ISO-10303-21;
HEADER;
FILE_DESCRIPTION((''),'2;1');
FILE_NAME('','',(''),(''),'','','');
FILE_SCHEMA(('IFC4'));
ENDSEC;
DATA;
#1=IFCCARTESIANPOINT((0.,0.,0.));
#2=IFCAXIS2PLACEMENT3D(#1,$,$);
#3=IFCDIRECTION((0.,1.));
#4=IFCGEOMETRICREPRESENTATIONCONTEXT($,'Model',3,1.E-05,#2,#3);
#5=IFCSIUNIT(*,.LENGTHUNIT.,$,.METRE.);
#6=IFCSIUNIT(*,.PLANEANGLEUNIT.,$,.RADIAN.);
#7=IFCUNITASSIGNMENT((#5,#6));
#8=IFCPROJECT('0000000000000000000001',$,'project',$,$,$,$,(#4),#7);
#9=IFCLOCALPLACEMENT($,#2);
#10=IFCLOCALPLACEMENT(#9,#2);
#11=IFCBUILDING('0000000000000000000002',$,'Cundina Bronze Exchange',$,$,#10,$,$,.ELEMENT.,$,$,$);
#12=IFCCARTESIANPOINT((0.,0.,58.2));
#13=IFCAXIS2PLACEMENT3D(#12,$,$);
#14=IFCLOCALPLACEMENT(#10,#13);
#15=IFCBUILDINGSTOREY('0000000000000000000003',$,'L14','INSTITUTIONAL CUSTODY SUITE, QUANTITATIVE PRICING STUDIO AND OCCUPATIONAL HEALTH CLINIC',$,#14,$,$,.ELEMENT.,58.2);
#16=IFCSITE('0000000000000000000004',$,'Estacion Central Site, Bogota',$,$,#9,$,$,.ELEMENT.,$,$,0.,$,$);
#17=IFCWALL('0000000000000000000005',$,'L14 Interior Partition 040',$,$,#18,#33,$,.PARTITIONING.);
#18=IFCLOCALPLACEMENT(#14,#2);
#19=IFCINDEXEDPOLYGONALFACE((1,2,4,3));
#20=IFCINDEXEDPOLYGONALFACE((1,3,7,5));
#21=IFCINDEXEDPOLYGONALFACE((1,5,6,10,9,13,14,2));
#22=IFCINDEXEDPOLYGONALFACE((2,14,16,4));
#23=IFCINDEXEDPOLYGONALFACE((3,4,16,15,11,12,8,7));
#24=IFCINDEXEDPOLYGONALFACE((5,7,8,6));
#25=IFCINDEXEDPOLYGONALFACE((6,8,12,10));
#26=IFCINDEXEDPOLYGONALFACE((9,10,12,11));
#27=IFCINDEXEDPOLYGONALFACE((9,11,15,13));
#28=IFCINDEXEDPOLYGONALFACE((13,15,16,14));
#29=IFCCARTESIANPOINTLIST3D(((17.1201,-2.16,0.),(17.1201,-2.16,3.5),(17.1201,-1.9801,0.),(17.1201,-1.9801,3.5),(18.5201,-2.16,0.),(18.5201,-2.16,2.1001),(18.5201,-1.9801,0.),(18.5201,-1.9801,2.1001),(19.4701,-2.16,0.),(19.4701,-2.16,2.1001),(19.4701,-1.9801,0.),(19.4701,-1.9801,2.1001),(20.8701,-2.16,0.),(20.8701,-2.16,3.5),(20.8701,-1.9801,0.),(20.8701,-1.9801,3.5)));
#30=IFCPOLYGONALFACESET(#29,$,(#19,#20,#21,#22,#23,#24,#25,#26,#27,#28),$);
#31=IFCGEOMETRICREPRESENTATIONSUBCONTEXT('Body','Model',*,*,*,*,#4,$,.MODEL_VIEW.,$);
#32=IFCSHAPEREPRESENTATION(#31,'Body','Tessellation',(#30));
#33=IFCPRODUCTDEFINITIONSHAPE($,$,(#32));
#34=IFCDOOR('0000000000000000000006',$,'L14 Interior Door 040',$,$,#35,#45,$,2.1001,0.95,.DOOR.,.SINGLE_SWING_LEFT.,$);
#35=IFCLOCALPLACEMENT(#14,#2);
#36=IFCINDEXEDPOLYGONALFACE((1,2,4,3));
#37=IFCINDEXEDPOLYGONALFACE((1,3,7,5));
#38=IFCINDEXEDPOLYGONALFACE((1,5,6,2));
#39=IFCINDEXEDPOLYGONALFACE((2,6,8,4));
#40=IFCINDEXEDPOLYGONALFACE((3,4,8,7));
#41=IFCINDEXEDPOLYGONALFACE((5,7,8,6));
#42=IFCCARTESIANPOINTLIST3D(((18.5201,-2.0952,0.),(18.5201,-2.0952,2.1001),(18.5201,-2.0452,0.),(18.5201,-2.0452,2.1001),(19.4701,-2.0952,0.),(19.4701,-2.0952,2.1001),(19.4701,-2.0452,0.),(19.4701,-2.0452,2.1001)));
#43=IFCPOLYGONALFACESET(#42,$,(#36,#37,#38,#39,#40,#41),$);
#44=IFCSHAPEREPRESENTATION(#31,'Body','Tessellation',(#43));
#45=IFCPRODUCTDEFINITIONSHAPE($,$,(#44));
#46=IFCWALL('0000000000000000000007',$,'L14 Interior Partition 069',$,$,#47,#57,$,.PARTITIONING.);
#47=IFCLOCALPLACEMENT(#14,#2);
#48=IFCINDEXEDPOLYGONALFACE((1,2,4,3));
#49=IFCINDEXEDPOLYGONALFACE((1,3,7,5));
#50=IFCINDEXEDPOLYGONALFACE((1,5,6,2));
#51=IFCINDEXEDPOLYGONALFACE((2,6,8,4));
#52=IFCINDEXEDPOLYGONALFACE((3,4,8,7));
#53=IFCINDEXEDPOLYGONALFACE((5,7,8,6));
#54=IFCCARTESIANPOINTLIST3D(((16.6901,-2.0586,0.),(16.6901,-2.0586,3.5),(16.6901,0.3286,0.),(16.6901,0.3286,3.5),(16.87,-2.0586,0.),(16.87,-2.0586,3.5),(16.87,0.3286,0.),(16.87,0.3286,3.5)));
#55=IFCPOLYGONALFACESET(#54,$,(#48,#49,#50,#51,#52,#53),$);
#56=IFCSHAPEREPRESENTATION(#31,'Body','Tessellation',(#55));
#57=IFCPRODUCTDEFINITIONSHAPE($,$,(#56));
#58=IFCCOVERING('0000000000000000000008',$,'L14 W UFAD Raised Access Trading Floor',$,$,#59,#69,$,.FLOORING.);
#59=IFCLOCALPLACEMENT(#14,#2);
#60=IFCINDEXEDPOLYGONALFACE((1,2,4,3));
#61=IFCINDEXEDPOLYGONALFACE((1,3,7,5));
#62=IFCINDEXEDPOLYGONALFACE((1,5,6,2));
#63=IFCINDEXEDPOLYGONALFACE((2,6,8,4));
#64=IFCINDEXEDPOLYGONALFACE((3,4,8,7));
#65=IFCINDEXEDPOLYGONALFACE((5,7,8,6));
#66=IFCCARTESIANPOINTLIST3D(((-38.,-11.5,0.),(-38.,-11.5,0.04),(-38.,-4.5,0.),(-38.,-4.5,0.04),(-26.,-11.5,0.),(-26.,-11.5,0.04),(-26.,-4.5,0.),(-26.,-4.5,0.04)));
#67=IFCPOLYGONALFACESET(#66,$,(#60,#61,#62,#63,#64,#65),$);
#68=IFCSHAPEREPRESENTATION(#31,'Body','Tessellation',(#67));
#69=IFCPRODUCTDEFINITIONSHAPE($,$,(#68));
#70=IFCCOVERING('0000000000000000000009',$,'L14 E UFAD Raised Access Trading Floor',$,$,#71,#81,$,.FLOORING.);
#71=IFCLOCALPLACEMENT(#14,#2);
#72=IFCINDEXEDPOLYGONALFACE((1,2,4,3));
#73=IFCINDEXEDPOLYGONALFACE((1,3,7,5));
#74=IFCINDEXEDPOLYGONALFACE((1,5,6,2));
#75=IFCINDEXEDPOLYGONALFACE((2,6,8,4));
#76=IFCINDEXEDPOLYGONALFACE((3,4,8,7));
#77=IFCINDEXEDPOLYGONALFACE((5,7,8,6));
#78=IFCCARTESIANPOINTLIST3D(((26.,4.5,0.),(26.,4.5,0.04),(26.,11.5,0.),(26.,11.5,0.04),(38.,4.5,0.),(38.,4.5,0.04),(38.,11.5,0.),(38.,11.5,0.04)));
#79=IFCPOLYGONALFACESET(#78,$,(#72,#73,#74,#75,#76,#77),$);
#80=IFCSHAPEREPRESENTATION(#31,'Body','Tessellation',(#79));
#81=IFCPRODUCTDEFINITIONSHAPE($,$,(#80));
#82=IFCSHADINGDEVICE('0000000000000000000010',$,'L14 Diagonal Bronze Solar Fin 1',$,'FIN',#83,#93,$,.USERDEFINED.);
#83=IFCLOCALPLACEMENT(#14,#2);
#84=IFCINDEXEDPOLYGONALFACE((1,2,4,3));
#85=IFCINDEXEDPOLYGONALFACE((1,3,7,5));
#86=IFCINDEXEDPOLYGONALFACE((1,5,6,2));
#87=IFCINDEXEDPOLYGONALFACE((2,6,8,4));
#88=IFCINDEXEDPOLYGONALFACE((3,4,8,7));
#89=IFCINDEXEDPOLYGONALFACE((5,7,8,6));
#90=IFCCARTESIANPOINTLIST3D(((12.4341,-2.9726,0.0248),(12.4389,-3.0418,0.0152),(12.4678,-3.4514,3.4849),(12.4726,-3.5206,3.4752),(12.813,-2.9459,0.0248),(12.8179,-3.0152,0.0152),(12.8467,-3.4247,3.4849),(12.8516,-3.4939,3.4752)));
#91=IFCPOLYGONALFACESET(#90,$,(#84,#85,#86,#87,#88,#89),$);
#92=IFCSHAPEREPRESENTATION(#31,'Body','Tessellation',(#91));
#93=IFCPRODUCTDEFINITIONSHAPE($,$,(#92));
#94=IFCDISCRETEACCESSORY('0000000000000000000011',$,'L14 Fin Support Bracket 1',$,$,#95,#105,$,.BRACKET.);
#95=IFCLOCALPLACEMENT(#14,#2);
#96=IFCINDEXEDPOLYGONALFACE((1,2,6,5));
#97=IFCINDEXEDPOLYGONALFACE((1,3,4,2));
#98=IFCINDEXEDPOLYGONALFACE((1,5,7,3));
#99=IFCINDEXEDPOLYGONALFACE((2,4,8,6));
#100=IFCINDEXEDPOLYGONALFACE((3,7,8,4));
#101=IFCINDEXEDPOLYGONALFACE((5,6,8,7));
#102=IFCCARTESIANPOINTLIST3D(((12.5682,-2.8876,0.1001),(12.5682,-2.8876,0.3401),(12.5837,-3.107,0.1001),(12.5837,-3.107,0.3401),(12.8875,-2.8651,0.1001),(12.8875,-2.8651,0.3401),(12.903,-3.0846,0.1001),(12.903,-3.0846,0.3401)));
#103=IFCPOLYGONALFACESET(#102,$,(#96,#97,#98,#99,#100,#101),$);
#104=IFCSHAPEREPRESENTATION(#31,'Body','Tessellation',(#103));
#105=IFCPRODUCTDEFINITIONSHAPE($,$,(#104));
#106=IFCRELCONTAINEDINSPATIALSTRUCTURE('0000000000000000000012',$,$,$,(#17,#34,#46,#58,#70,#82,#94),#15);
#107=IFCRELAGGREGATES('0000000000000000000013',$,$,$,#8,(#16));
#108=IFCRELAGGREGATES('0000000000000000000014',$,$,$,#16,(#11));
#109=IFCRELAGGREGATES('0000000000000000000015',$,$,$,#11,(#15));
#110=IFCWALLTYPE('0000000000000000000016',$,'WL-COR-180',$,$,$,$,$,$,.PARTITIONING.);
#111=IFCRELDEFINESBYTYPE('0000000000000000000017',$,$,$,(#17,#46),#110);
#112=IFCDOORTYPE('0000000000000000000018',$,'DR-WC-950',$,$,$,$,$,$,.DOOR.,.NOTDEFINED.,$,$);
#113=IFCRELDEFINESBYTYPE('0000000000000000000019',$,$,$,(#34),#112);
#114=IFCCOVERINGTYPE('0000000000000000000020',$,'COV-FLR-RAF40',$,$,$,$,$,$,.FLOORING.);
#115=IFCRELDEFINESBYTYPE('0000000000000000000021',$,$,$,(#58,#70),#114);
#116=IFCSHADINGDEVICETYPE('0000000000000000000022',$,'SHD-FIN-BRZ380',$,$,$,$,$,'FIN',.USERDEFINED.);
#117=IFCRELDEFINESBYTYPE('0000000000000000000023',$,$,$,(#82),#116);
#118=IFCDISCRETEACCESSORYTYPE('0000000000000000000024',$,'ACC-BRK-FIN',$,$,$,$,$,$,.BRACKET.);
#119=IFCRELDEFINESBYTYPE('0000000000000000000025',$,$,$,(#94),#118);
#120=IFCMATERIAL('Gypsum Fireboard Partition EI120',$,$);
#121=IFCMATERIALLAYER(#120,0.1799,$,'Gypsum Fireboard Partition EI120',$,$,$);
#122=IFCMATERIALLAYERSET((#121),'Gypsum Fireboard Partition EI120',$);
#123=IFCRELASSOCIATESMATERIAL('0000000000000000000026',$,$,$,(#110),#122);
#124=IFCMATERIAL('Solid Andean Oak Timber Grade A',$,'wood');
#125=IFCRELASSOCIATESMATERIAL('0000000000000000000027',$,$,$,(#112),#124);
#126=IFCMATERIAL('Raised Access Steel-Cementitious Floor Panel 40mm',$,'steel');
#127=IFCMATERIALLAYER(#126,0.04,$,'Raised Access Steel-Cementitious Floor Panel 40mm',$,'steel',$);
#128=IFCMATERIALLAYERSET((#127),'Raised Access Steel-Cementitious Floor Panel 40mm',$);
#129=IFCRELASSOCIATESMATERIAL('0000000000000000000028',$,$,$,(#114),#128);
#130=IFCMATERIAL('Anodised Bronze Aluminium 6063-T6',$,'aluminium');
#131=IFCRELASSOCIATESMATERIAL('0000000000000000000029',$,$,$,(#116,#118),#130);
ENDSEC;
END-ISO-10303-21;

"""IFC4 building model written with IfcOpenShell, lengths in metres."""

from ifc_helpers import new_model, si_unit, direction, frame, frame_2d, origin, origin_2d, place, context, subcontext, project, spatial, polyline, rectangle, outline, extrude, material, layer, layer_set, material_profile, profile_set, type_object, element, fill, save


model = new_model("IFC4")

# Units and contexts
model_context = context("Model", 3, precision=1e-05, world=origin(), true_north=direction((0.0, 1.0)))
body_context = subcontext(model_context, "Body", "Model", "MODEL_VIEW")
ifc_project = project(units=[si_unit("LENGTHUNIT", "METRE"), si_unit("PLANEANGLEUNIT", "RADIAN")], contexts=[model_context])

# Site, building, storey
site_placement = place(None, origin())
site = spatial("IfcSite", under=ifc_project, at=site_placement, Name="Estacion Central Site, Bogota", CompositionType="ELEMENT", RefElevation=0.0)
building_placement = place(site_placement, origin())
building = spatial("IfcBuilding", under=site, at=building_placement, Name="Cundina Bronze Exchange", CompositionType="ELEMENT")
storey_placement = place(building_placement, frame((0.0, 0.0, 58.2)))
storey = spatial("IfcBuildingStorey", under=building, at=storey_placement, Name="L14", Description="INSTITUTIONAL CUSTODY SUITE, QUANTITATIVE PRICING STUDIO AND OCCUPATIONAL HEALTH CLINIC", CompositionType="ELEMENT", Elevation=58.2)

# Shared definitions
ifc_material_1 = material(Name="Anodised Bronze Aluminium 6063-T6", Category="aluminium")

# Wall, opening, door
ifc_material_2 = material(Name="Gypsum Fireboard Partition EI120")
ifc_layer_1 = layer(ifc_material_2, 0.1799, Name="Gypsum Fireboard Partition EI120")
ifc_layer_set_1 = layer_set([ifc_layer_1], Name="Gypsum Fireboard Partition EI120")
wall_type = type_object("IfcWallType", Name="WL-COR-180", PredefinedType="PARTITIONING", material=ifc_layer_set_1)
wall_1_placement = place(storey_placement, frame((17.1201, -2.0701, 0.0), z_axis=(0.0, 0.0, 1.0), x_axis=(1.0, 0.0, 0.0)))
wall_1 = element("IfcWall", 1, at=wall_1_placement, inside=storey, type_object=wall_type, Name="L14 Interior Partition 040", PredefinedType="PARTITIONING", context=body_context, shape_type="SweptSolid", body=[
    extrude(rectangle(XDim=3.75, YDim=0.1799, at=frame_2d((1.875, 0.0))), origin(), (0.0, 0.0, 1.0), 3.5),
])
opening_placement = place(wall_1_placement, frame((1.3999, 0.0, 0.0)))
opening = element("IfcOpeningElement", 2, at=opening_placement, cuts=wall_1, PredefinedType="OPENING", context=body_context, shape_type="SweptSolid", body=[
    extrude(rectangle(XDim=0.95, YDim=2.1001, at=frame_2d((0.4751, 1.05))), frame((0.0, 0.0999, 0.0), z_axis=(0.0, -1.0, 0.0), x_axis=(1.0, 0.0, 0.0)), (0.0, 0.0, 1.0), 0.2),
])
ifc_material_3 = material(Name="Solid Andean Oak Timber Grade A", Category="wood")
door_type = type_object("IfcDoorType", Name="DR-WC-950", OperationType="NOTDEFINED", PredefinedType="DOOR", material=ifc_material_3)
door_placement = place(opening_placement, origin())
door = element("IfcDoor", 3, at=door_placement, inside=storey, type_object=door_type, Name="L14 Interior Door 040", OperationType="SINGLE_SWING_LEFT", OverallHeight=2.1001, OverallWidth=0.95, PredefinedType="DOOR", context=body_context, shape_type="SweptSolid", body=[
    extrude(rectangle(XDim=0.95, YDim=2.1001, at=frame_2d((0.4751, 1.05))), frame((0.0, 0.0249, 0.0), z_axis=(0.0, -1.0, 0.0), x_axis=(1.0, 0.0, 0.0)), (0.0, 0.0, 1.0), 0.05),
])
fill(opening, door)

# Wall
wall_2_placement = place(storey_placement, frame((16.78, 0.3286, 0.0), z_axis=(0.0, 0.0, 1.0), x_axis=(0.0, -1.0, 0.0)))
element("IfcWall", 4, at=wall_2_placement, inside=storey, type_object=wall_type, Name="L14 Interior Partition 069", PredefinedType="PARTITIONING", context=body_context, shape_type="SweptSolid", body=[
    extrude(rectangle(XDim=2.3872, YDim=0.1799, at=frame_2d((1.1936, 0.0))), origin(), (0.0, 0.0, 1.0), 3.5),
])

# Coverings
ifc_material_4 = material(Name="Raised Access Steel-Cementitious Floor Panel 40mm", Category="steel")
ifc_layer_2 = layer(ifc_material_4, 0.04, Name="Raised Access Steel-Cementitious Floor Panel 40mm", Category="steel")
ifc_layer_set_2 = layer_set([ifc_layer_2], Name="Raised Access Steel-Cementitious Floor Panel 40mm")
covering_type = type_object("IfcCoveringType", Name="COV-FLR-RAF40", PredefinedType="FLOORING", material=ifc_layer_set_2)
covering_1_placement = place(storey_placement, origin())
element("IfcCovering", 5, at=covering_1_placement, inside=storey, type_object=covering_type, Name="L14 W UFAD Raised Access Trading Floor", PredefinedType="FLOORING", context=body_context, shape_type="SweptSolid", body=[
    extrude(outline(polyline([(-38.0, -11.5), (-26.0, -11.5), (-26.0, -4.5), (-38.0, -4.5), (-38.0, -11.5)])), origin(), (0.0, 0.0, 1.0), 0.04),
])
covering_2_placement = place(storey_placement, origin())
element("IfcCovering", 6, at=covering_2_placement, inside=storey, type_object=covering_type, Name="L14 E UFAD Raised Access Trading Floor", PredefinedType="FLOORING", context=body_context, shape_type="SweptSolid", body=[
    extrude(outline(polyline([(26.0, 4.5), (38.0, 4.5), (38.0, 11.5), (26.0, 11.5), (26.0, 4.5)])), origin(), (0.0, 0.0, 1.0), 0.04),
])

# Shading device
ifc_material_profile_1 = material_profile(ifc_material_1, rectangle(XDim=0.0701, YDim=0.3799, at=origin_2d()), Name="FIN70X380", Category="aluminium")
ifc_profile_set_1 = profile_set([ifc_material_profile_1], Name="Anodised Bronze Aluminium 6063-T6")
shading_device_type = type_object("IfcShadingDeviceType", Name="SHD-FIN-BRZ380", ElementType="FIN", PredefinedType="USERDEFINED", material=ifc_profile_set_1)
shading_device_placement = place(storey_placement, frame((12.626, -2.9939, 0.02), z_axis=(0.009645, -0.137059, 0.990516), x_axis=(-0.069533, 0.988072, 0.137398)))
element("IfcShadingDevice", 7, at=shading_device_placement, inside=storey, type_object=shading_device_type, Name="L14 Diagonal Bronze Solar Fin 1", ObjectType="FIN", PredefinedType="USERDEFINED", context=body_context, shape_type="SweptSolid", body=[
    extrude(rectangle(XDim=0.0701, YDim=0.3799, at=origin_2d()), origin(), (0.0, 0.0, 1.0), 3.4932),
])

# Discrete accessory
discrete_accessory_type = type_object("IfcDiscreteAccessoryType", Name="ACC-BRK-FIN", PredefinedType="BRACKET", material=ifc_material_1)
discrete_accessory_placement = place(storey_placement, frame((12.7356, -2.9861, 0.1001), z_axis=(0.0, 0.0, 1.0), x_axis=(0.070279, -0.997527, 0.0)))
element("IfcDiscreteAccessory", 8, at=discrete_accessory_placement, inside=storey, type_object=discrete_accessory_type, Name="L14 Fin Support Bracket 1", PredefinedType="BRACKET", context=body_context, shape_type="SweptSolid", body=[
    extrude(rectangle(XDim=0.22, YDim=0.3201, at=origin_2d()), origin(), (0.0, 0.0, 1.0), 0.24),
])

save(model, "model.ifc")
